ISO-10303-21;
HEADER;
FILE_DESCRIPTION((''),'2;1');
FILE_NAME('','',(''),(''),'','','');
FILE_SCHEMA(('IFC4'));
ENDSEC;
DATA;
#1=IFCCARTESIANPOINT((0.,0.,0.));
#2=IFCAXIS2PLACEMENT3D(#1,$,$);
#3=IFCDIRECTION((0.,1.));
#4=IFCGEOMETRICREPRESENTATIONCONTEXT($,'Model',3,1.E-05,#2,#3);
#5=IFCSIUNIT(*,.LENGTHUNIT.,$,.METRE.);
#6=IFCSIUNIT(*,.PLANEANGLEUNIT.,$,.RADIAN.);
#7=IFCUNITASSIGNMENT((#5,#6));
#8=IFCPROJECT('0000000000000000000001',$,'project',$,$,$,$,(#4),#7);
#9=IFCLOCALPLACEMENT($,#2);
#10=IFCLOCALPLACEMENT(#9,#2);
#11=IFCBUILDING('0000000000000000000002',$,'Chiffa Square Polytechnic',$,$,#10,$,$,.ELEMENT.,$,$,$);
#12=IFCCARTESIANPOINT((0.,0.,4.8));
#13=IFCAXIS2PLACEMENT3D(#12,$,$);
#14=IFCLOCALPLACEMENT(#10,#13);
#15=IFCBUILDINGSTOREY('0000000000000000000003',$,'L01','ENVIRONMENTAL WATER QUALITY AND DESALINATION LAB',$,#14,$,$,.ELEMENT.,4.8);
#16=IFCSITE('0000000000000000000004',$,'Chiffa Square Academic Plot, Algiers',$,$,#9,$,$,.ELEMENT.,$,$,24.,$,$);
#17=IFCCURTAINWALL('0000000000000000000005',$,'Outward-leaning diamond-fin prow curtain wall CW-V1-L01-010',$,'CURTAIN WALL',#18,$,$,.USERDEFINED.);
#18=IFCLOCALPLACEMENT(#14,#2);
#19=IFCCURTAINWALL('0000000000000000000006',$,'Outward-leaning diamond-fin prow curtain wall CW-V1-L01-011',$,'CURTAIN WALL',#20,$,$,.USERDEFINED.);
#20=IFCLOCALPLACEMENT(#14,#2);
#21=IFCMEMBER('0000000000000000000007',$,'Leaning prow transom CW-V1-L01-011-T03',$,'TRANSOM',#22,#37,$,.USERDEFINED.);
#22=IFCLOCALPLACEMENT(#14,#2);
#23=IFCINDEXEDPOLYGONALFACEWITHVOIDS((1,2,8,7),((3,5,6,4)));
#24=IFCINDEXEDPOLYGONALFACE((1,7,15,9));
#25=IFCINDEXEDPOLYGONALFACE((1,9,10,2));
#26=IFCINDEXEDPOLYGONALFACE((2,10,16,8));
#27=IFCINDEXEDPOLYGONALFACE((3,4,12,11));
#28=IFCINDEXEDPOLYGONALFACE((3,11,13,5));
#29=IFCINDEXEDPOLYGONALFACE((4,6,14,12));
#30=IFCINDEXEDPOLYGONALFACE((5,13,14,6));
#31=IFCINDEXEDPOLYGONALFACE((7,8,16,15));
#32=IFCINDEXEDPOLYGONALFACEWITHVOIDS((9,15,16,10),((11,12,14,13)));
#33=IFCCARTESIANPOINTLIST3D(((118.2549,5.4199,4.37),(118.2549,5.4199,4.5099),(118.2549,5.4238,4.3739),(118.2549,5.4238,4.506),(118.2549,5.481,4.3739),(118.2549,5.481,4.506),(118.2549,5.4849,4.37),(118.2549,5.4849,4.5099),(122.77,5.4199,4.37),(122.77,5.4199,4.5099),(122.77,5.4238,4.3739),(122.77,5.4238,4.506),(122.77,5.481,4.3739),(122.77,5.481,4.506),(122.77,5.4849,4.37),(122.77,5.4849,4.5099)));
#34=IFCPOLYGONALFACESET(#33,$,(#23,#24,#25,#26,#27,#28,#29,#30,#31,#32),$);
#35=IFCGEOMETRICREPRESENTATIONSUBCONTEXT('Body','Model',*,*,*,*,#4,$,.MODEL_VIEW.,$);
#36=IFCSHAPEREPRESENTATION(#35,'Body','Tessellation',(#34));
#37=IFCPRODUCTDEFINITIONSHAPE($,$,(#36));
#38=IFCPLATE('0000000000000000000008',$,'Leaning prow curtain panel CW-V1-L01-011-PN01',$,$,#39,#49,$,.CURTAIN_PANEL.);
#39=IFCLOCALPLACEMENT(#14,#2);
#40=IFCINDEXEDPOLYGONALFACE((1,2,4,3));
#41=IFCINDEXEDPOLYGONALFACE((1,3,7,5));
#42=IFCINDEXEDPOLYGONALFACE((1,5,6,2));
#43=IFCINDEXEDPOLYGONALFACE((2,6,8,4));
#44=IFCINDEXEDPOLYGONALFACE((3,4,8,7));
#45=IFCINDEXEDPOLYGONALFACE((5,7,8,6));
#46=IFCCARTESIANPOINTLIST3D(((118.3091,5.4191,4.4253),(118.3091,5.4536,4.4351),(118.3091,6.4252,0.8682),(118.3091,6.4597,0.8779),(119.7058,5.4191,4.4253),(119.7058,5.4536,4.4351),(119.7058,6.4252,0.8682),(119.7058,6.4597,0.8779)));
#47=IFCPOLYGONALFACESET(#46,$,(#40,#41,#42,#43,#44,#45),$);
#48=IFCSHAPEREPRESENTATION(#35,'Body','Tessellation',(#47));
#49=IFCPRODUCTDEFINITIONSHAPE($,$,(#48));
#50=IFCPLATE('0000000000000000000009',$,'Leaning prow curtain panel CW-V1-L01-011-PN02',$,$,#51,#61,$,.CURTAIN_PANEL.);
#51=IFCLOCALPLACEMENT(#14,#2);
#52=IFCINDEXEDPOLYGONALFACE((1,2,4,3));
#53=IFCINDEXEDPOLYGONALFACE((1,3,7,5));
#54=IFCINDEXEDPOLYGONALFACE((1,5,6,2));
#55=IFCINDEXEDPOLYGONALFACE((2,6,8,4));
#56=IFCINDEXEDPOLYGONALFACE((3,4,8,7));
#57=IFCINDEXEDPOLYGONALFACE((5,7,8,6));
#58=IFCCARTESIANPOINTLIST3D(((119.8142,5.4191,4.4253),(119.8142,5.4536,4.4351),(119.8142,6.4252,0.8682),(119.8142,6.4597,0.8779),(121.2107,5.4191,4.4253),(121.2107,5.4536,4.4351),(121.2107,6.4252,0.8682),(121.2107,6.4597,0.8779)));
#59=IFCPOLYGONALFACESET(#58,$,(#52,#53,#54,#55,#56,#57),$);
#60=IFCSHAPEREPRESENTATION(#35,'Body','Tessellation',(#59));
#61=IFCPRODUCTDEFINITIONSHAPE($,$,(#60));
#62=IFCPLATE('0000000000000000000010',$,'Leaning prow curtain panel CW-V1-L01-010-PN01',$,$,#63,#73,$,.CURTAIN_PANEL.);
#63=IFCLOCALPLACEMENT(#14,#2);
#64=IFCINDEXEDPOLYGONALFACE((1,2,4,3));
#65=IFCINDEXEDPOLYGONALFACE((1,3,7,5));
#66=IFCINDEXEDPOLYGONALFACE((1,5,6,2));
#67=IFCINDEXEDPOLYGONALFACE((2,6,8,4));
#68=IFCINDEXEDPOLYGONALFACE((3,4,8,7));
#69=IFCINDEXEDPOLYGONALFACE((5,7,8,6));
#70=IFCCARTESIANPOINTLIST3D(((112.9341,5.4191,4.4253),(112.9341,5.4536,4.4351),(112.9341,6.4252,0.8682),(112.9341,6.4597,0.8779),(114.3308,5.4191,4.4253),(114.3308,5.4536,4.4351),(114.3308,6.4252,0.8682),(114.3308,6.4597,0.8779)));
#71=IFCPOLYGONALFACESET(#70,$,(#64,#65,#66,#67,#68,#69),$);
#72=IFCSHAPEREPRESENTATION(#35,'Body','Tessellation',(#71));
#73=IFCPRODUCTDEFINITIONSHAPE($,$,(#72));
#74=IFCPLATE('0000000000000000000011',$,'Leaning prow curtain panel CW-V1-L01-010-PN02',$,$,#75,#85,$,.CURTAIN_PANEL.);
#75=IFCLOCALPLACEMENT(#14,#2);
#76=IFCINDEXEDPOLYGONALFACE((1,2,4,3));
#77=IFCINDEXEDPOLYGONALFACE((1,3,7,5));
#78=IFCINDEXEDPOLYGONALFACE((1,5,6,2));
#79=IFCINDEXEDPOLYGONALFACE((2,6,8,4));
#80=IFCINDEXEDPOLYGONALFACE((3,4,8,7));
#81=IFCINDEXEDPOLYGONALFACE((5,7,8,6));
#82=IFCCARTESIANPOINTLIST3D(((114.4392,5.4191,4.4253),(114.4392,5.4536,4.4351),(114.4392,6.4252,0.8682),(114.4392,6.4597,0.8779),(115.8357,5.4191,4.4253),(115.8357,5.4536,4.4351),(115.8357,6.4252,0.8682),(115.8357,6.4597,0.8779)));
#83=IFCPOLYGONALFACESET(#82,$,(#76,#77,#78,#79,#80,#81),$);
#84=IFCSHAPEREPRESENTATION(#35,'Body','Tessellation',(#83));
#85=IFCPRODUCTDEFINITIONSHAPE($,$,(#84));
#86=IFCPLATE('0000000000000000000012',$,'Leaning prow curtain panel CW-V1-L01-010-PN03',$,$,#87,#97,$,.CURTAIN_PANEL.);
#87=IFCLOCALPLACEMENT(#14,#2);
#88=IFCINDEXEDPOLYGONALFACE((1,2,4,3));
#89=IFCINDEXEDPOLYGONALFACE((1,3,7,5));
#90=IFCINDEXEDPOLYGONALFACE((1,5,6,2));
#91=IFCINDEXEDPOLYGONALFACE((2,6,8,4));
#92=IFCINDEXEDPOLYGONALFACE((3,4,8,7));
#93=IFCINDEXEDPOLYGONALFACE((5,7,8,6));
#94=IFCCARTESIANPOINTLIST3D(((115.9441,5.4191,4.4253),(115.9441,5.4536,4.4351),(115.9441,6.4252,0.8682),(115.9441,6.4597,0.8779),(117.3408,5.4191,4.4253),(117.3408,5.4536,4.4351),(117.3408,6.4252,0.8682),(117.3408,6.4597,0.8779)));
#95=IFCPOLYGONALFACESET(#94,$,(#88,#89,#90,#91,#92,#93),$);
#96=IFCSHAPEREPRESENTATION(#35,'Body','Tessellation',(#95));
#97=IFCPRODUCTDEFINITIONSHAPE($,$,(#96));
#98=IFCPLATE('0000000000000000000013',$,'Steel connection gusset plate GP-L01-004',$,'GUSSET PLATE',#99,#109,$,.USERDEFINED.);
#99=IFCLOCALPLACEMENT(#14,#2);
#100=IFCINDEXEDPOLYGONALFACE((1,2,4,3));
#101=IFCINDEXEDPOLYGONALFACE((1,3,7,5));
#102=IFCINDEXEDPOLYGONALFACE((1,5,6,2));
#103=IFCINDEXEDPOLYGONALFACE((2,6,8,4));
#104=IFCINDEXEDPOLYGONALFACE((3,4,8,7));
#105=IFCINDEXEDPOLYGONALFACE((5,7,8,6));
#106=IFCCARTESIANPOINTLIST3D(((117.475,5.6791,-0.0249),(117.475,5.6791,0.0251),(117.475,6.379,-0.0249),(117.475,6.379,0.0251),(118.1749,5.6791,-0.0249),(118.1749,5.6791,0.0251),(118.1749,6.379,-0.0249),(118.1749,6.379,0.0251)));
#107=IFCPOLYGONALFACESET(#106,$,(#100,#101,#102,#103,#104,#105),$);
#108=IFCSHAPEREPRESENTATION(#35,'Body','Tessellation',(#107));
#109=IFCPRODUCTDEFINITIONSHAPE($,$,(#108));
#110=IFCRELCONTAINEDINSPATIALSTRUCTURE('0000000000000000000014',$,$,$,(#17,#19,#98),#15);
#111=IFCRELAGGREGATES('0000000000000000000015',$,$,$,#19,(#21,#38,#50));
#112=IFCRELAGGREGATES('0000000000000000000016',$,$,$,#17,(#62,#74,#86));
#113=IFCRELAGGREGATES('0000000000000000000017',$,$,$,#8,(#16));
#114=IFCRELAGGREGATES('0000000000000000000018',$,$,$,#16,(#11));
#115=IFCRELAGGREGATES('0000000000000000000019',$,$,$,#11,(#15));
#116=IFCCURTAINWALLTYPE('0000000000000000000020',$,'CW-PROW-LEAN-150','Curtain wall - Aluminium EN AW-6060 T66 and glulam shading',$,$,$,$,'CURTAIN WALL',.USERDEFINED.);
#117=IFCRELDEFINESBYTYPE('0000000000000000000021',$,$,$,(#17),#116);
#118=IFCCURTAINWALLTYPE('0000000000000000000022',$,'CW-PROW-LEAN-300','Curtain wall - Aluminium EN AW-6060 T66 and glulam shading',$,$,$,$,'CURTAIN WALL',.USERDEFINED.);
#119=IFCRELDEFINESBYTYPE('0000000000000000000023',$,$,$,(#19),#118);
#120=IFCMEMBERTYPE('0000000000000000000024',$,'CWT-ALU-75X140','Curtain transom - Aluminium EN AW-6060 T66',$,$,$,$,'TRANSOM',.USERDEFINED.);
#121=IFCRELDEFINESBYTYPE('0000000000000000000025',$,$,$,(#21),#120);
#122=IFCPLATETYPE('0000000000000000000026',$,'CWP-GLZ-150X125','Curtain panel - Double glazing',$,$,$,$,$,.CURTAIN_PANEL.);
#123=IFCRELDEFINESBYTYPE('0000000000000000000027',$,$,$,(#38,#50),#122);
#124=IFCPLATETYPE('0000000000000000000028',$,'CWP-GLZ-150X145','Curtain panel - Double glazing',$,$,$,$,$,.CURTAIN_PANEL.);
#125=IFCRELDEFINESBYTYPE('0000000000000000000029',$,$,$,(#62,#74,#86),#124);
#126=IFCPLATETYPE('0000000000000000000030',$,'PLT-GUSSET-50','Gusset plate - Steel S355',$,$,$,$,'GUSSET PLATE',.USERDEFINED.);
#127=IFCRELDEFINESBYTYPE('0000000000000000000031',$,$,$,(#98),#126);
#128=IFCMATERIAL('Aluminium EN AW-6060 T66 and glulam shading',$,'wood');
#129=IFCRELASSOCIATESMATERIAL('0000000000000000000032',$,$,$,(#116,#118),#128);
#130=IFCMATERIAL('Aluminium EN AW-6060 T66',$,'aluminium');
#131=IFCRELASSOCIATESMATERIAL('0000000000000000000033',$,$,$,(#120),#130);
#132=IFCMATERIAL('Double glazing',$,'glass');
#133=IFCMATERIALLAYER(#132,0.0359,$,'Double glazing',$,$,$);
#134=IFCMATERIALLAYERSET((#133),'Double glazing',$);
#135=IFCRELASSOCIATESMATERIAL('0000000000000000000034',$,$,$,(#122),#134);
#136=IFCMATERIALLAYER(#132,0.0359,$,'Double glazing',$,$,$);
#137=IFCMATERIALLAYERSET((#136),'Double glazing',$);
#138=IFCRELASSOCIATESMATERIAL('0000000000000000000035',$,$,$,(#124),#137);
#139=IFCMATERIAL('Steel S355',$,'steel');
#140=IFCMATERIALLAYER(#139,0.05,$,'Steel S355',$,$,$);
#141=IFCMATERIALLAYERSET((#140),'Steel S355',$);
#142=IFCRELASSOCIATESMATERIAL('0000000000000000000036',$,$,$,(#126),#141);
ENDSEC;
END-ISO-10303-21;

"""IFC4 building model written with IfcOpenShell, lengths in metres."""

from ifc_helpers import new_model, si_unit, direction, frame, origin, origin_2d, place, context, subcontext, project, spatial, polyline, rectangle, hollow_rectangle, outline, extrude, material, layer, layer_set, material_profile, profile_set, type_object, element, aggregate, save


model = new_model("IFC4")

# Units and contexts
model_context = context("Model", 3, precision=1e-05, world=origin(), true_north=direction((0.0, 1.0)))
body_context = subcontext(model_context, "Body", "Model", "MODEL_VIEW")
ifc_project = project(units=[si_unit("LENGTHUNIT", "METRE"), si_unit("PLANEANGLEUNIT", "RADIAN")], contexts=[model_context])

# Site, building, storey
site_placement = place(None, origin())
site = spatial("IfcSite", under=ifc_project, at=site_placement, Name="Chiffa Square Academic Plot, Algiers", CompositionType="ELEMENT", RefElevation=24.0)
building_placement = place(site_placement, origin())
building = spatial("IfcBuilding", under=site, at=building_placement, Name="Chiffa Square Polytechnic", CompositionType="ELEMENT")
storey_placement = place(building_placement, frame((0.0, 0.0, 4.8)))
storey = spatial("IfcBuildingStorey", under=building, at=storey_placement, Name="L01", Description="ENVIRONMENTAL WATER QUALITY AND DESALINATION LAB", CompositionType="ELEMENT", Elevation=4.8)

# Shared definitions
ifc_material_1 = material(Name="Steel S355", Category="steel")

# Curtain walls
ifc_material_2 = material(Name="Aluminium EN AW-6060 T66 and glulam shading", Category="wood")
curtain_wall_type_1 = type_object("IfcCurtainWallType", Name="CW-PROW-LEAN-150", Description="Curtain wall - Aluminium EN AW-6060 T66 and glulam shading", ElementType="CURTAIN WALL", PredefinedType="USERDEFINED", material=ifc_material_2)
curtain_wall_1_placement = place(storey_placement, origin())
curtain_wall_1 = element("IfcCurtainWall", 1, at=curtain_wall_1_placement, inside=storey, type_object=curtain_wall_type_1, Name="Outward-leaning diamond-fin prow curtain wall CW-V1-L01-010", ObjectType="CURTAIN WALL", PredefinedType="USERDEFINED")
curtain_wall_type_2 = type_object("IfcCurtainWallType", Name="CW-PROW-LEAN-300", Description="Curtain wall - Aluminium EN AW-6060 T66 and glulam shading", ElementType="CURTAIN WALL", PredefinedType="USERDEFINED", material=ifc_material_2)
curtain_wall_2_placement = place(storey_placement, origin())
curtain_wall_2 = element("IfcCurtainWall", 2, at=curtain_wall_2_placement, inside=storey, type_object=curtain_wall_type_2, Name="Outward-leaning diamond-fin prow curtain wall CW-V1-L01-011", ObjectType="CURTAIN WALL", PredefinedType="USERDEFINED")

# Member
ifc_material_3 = material(Name="Aluminium EN AW-6060 T66", Category="aluminium")
ifc_material_profile_1 = material_profile(ifc_material_3, hollow_rectangle(XDim=0.0649, YDim=0.1399, WallThickness=0.0039, at=origin_2d()), Name="ALU 65x140x4")
ifc_profile_set_1 = profile_set([ifc_material_profile_1], Name="Aluminium EN AW-6060 T66")
member_type_1 = type_object("IfcMemberType", Name="CWT-ALU-75X140", Description="Curtain transom - Aluminium EN AW-6060 T66", ElementType="TRANSOM", PredefinedType="USERDEFINED", material=ifc_profile_set_1)
member_1_placement = place(storey_placement, frame((118.2549, 5.4524, 4.4399), z_axis=(1.0, 0.0, 0.0), x_axis=(0.0, 1.0, 0.0)))
member_1 = element("IfcMember", 3, at=member_1_placement, type_object=member_type_1, Name="Leaning prow transom CW-V1-L01-011-T03", ObjectType="TRANSOM", PredefinedType="USERDEFINED", context=body_context, shape_type="SweptSolid", body=[
    extrude(hollow_rectangle(XDim=0.0649, YDim=0.1399, WallThickness=0.0039, at=origin_2d()), origin(), (0.0, 0.0, 1.0), 4.5151),
])

# Plates
ifc_material_4 = material(Name="Double glazing", Category="glass")
ifc_layer_1 = layer(ifc_material_4, 0.0359, Name="Double glazing")
ifc_layer_set_1 = layer_set([ifc_layer_1], Name="Double glazing")
plate_type_1 = type_object("IfcPlateType", Name="CWP-GLZ-150X125", Description="Curtain panel - Double glazing", PredefinedType="CURTAIN_PANEL", material=ifc_layer_set_1)
plate_1_placement = place(storey_placement, frame((118.3091, 6.4597, 0.8779), z_axis=(0.0, 0.962251, 0.272164), x_axis=(1.0, 0.0, 0.0)))
plate_1 = element("IfcPlate", 4, at=plate_1_placement, type_object=plate_type_1, Name="Leaning prow curtain panel CW-V1-L01-011-PN01", PredefinedType="CURTAIN_PANEL", context=body_context, shape_type="SweptSolid", body=[
    extrude(outline(polyline([(0.0, 0.0), (1.3967, 0.0), (1.3967, -3.6967), (0.0, -3.6967), (0.0, 0.0)])), origin(), (0.0, 0.0, -1.0), 0.0359),
])
plate_2_placement = place(storey_placement, frame((119.8142, 6.4597, 0.8779), z_axis=(0.0, 0.962251, 0.272164), x_axis=(1.0, 0.0, 0.0)))
plate_2 = element("IfcPlate", 5, at=plate_2_placement, type_object=plate_type_1, Name="Leaning prow curtain panel CW-V1-L01-011-PN02", PredefinedType="CURTAIN_PANEL", context=body_context, shape_type="SweptSolid", body=[
    extrude(outline(polyline([(0.0, 0.0), (1.3965, 0.0), (1.3965, -3.6967), (0.0, -3.6967), (0.0, 0.0)])), origin(), (0.0, 0.0, -1.0), 0.0359),
])
aggregate(curtain_wall_2, [member_1, plate_1, plate_2])
ifc_layer_2 = layer(ifc_material_4, 0.0359, Name="Double glazing")
ifc_layer_set_2 = layer_set([ifc_layer_2], Name="Double glazing")
plate_type_2 = type_object("IfcPlateType", Name="CWP-GLZ-150X145", Description="Curtain panel - Double glazing", PredefinedType="CURTAIN_PANEL", material=ifc_layer_set_2)
plate_3_placement = place(storey_placement, frame((112.9341, 6.4597, 0.8779), z_axis=(0.0, 0.962251, 0.272164), x_axis=(1.0, 0.0, 0.0)))
plate_3 = element("IfcPlate", 6, at=plate_3_placement, type_object=plate_type_2, Name="Leaning prow curtain panel CW-V1-L01-010-PN01", PredefinedType="CURTAIN_PANEL", context=body_context, shape_type="SweptSolid", body=[
    extrude(outline(polyline([(0.0, 0.0), (1.3967, 0.0), (1.3967, -3.6967), (0.0, -3.6967), (0.0, 0.0)])), origin(), (0.0, 0.0, -1.0), 0.0359),
])
plate_4_placement = place(storey_placement, frame((114.4392, 6.4597, 0.8779), z_axis=(0.0, 0.962251, 0.272164), x_axis=(1.0, 0.0, 0.0)))
plate_4 = element("IfcPlate", 7, at=plate_4_placement, type_object=plate_type_2, Name="Leaning prow curtain panel CW-V1-L01-010-PN02", PredefinedType="CURTAIN_PANEL", context=body_context, shape_type="SweptSolid", body=[
    extrude(outline(polyline([(0.0, 0.0), (1.3965, 0.0), (1.3965, -3.6967), (0.0, -3.6967), (0.0, 0.0)])), origin(), (0.0, 0.0, -1.0), 0.0359),
])
plate_5_placement = place(storey_placement, frame((115.9441, 6.4597, 0.8779), z_axis=(0.0, 0.962251, 0.272164), x_axis=(1.0, 0.0, 0.0)))
plate_5 = element("IfcPlate", 8, at=plate_5_placement, type_object=plate_type_2, Name="Leaning prow curtain panel CW-V1-L01-010-PN03", PredefinedType="CURTAIN_PANEL", context=body_context, shape_type="SweptSolid", body=[
    extrude(outline(polyline([(0.0, 0.0), (1.3967, 0.0), (1.3967, -3.6967), (0.0, -3.6967), (0.0, 0.0)])), origin(), (0.0, 0.0, -1.0), 0.0359),
])
aggregate(curtain_wall_1, [plate_3, plate_4, plate_5])
ifc_layer_3 = layer(ifc_material_1, 0.05, Name="Steel S355")
ifc_layer_set_3 = layer_set([ifc_layer_3], Name="Steel S355")
plate_type_3 = type_object("IfcPlateType", Name="PLT-GUSSET-50", Description="Gusset plate - Steel S355", ElementType="GUSSET PLATE", PredefinedType="USERDEFINED", material=ifc_layer_set_3)
plate_6_placement = place(storey_placement, frame((117.825, 6.0291, -0.0249), z_axis=(0.0, 0.0, 1.0), x_axis=(1.0, 0.0, 0.0)))
element("IfcPlate", 9, at=plate_6_placement, inside=storey, type_object=plate_type_3, Name="Steel connection gusset plate GP-L01-004", ObjectType="GUSSET PLATE", PredefinedType="USERDEFINED", context=body_context, shape_type="SweptSolid", body=[
    extrude(rectangle(XDim=0.7, YDim=0.7, at=origin_2d()), origin(), (0.0, 0.0, 1.0), 0.05),
])

save(model, "model.ifc")
